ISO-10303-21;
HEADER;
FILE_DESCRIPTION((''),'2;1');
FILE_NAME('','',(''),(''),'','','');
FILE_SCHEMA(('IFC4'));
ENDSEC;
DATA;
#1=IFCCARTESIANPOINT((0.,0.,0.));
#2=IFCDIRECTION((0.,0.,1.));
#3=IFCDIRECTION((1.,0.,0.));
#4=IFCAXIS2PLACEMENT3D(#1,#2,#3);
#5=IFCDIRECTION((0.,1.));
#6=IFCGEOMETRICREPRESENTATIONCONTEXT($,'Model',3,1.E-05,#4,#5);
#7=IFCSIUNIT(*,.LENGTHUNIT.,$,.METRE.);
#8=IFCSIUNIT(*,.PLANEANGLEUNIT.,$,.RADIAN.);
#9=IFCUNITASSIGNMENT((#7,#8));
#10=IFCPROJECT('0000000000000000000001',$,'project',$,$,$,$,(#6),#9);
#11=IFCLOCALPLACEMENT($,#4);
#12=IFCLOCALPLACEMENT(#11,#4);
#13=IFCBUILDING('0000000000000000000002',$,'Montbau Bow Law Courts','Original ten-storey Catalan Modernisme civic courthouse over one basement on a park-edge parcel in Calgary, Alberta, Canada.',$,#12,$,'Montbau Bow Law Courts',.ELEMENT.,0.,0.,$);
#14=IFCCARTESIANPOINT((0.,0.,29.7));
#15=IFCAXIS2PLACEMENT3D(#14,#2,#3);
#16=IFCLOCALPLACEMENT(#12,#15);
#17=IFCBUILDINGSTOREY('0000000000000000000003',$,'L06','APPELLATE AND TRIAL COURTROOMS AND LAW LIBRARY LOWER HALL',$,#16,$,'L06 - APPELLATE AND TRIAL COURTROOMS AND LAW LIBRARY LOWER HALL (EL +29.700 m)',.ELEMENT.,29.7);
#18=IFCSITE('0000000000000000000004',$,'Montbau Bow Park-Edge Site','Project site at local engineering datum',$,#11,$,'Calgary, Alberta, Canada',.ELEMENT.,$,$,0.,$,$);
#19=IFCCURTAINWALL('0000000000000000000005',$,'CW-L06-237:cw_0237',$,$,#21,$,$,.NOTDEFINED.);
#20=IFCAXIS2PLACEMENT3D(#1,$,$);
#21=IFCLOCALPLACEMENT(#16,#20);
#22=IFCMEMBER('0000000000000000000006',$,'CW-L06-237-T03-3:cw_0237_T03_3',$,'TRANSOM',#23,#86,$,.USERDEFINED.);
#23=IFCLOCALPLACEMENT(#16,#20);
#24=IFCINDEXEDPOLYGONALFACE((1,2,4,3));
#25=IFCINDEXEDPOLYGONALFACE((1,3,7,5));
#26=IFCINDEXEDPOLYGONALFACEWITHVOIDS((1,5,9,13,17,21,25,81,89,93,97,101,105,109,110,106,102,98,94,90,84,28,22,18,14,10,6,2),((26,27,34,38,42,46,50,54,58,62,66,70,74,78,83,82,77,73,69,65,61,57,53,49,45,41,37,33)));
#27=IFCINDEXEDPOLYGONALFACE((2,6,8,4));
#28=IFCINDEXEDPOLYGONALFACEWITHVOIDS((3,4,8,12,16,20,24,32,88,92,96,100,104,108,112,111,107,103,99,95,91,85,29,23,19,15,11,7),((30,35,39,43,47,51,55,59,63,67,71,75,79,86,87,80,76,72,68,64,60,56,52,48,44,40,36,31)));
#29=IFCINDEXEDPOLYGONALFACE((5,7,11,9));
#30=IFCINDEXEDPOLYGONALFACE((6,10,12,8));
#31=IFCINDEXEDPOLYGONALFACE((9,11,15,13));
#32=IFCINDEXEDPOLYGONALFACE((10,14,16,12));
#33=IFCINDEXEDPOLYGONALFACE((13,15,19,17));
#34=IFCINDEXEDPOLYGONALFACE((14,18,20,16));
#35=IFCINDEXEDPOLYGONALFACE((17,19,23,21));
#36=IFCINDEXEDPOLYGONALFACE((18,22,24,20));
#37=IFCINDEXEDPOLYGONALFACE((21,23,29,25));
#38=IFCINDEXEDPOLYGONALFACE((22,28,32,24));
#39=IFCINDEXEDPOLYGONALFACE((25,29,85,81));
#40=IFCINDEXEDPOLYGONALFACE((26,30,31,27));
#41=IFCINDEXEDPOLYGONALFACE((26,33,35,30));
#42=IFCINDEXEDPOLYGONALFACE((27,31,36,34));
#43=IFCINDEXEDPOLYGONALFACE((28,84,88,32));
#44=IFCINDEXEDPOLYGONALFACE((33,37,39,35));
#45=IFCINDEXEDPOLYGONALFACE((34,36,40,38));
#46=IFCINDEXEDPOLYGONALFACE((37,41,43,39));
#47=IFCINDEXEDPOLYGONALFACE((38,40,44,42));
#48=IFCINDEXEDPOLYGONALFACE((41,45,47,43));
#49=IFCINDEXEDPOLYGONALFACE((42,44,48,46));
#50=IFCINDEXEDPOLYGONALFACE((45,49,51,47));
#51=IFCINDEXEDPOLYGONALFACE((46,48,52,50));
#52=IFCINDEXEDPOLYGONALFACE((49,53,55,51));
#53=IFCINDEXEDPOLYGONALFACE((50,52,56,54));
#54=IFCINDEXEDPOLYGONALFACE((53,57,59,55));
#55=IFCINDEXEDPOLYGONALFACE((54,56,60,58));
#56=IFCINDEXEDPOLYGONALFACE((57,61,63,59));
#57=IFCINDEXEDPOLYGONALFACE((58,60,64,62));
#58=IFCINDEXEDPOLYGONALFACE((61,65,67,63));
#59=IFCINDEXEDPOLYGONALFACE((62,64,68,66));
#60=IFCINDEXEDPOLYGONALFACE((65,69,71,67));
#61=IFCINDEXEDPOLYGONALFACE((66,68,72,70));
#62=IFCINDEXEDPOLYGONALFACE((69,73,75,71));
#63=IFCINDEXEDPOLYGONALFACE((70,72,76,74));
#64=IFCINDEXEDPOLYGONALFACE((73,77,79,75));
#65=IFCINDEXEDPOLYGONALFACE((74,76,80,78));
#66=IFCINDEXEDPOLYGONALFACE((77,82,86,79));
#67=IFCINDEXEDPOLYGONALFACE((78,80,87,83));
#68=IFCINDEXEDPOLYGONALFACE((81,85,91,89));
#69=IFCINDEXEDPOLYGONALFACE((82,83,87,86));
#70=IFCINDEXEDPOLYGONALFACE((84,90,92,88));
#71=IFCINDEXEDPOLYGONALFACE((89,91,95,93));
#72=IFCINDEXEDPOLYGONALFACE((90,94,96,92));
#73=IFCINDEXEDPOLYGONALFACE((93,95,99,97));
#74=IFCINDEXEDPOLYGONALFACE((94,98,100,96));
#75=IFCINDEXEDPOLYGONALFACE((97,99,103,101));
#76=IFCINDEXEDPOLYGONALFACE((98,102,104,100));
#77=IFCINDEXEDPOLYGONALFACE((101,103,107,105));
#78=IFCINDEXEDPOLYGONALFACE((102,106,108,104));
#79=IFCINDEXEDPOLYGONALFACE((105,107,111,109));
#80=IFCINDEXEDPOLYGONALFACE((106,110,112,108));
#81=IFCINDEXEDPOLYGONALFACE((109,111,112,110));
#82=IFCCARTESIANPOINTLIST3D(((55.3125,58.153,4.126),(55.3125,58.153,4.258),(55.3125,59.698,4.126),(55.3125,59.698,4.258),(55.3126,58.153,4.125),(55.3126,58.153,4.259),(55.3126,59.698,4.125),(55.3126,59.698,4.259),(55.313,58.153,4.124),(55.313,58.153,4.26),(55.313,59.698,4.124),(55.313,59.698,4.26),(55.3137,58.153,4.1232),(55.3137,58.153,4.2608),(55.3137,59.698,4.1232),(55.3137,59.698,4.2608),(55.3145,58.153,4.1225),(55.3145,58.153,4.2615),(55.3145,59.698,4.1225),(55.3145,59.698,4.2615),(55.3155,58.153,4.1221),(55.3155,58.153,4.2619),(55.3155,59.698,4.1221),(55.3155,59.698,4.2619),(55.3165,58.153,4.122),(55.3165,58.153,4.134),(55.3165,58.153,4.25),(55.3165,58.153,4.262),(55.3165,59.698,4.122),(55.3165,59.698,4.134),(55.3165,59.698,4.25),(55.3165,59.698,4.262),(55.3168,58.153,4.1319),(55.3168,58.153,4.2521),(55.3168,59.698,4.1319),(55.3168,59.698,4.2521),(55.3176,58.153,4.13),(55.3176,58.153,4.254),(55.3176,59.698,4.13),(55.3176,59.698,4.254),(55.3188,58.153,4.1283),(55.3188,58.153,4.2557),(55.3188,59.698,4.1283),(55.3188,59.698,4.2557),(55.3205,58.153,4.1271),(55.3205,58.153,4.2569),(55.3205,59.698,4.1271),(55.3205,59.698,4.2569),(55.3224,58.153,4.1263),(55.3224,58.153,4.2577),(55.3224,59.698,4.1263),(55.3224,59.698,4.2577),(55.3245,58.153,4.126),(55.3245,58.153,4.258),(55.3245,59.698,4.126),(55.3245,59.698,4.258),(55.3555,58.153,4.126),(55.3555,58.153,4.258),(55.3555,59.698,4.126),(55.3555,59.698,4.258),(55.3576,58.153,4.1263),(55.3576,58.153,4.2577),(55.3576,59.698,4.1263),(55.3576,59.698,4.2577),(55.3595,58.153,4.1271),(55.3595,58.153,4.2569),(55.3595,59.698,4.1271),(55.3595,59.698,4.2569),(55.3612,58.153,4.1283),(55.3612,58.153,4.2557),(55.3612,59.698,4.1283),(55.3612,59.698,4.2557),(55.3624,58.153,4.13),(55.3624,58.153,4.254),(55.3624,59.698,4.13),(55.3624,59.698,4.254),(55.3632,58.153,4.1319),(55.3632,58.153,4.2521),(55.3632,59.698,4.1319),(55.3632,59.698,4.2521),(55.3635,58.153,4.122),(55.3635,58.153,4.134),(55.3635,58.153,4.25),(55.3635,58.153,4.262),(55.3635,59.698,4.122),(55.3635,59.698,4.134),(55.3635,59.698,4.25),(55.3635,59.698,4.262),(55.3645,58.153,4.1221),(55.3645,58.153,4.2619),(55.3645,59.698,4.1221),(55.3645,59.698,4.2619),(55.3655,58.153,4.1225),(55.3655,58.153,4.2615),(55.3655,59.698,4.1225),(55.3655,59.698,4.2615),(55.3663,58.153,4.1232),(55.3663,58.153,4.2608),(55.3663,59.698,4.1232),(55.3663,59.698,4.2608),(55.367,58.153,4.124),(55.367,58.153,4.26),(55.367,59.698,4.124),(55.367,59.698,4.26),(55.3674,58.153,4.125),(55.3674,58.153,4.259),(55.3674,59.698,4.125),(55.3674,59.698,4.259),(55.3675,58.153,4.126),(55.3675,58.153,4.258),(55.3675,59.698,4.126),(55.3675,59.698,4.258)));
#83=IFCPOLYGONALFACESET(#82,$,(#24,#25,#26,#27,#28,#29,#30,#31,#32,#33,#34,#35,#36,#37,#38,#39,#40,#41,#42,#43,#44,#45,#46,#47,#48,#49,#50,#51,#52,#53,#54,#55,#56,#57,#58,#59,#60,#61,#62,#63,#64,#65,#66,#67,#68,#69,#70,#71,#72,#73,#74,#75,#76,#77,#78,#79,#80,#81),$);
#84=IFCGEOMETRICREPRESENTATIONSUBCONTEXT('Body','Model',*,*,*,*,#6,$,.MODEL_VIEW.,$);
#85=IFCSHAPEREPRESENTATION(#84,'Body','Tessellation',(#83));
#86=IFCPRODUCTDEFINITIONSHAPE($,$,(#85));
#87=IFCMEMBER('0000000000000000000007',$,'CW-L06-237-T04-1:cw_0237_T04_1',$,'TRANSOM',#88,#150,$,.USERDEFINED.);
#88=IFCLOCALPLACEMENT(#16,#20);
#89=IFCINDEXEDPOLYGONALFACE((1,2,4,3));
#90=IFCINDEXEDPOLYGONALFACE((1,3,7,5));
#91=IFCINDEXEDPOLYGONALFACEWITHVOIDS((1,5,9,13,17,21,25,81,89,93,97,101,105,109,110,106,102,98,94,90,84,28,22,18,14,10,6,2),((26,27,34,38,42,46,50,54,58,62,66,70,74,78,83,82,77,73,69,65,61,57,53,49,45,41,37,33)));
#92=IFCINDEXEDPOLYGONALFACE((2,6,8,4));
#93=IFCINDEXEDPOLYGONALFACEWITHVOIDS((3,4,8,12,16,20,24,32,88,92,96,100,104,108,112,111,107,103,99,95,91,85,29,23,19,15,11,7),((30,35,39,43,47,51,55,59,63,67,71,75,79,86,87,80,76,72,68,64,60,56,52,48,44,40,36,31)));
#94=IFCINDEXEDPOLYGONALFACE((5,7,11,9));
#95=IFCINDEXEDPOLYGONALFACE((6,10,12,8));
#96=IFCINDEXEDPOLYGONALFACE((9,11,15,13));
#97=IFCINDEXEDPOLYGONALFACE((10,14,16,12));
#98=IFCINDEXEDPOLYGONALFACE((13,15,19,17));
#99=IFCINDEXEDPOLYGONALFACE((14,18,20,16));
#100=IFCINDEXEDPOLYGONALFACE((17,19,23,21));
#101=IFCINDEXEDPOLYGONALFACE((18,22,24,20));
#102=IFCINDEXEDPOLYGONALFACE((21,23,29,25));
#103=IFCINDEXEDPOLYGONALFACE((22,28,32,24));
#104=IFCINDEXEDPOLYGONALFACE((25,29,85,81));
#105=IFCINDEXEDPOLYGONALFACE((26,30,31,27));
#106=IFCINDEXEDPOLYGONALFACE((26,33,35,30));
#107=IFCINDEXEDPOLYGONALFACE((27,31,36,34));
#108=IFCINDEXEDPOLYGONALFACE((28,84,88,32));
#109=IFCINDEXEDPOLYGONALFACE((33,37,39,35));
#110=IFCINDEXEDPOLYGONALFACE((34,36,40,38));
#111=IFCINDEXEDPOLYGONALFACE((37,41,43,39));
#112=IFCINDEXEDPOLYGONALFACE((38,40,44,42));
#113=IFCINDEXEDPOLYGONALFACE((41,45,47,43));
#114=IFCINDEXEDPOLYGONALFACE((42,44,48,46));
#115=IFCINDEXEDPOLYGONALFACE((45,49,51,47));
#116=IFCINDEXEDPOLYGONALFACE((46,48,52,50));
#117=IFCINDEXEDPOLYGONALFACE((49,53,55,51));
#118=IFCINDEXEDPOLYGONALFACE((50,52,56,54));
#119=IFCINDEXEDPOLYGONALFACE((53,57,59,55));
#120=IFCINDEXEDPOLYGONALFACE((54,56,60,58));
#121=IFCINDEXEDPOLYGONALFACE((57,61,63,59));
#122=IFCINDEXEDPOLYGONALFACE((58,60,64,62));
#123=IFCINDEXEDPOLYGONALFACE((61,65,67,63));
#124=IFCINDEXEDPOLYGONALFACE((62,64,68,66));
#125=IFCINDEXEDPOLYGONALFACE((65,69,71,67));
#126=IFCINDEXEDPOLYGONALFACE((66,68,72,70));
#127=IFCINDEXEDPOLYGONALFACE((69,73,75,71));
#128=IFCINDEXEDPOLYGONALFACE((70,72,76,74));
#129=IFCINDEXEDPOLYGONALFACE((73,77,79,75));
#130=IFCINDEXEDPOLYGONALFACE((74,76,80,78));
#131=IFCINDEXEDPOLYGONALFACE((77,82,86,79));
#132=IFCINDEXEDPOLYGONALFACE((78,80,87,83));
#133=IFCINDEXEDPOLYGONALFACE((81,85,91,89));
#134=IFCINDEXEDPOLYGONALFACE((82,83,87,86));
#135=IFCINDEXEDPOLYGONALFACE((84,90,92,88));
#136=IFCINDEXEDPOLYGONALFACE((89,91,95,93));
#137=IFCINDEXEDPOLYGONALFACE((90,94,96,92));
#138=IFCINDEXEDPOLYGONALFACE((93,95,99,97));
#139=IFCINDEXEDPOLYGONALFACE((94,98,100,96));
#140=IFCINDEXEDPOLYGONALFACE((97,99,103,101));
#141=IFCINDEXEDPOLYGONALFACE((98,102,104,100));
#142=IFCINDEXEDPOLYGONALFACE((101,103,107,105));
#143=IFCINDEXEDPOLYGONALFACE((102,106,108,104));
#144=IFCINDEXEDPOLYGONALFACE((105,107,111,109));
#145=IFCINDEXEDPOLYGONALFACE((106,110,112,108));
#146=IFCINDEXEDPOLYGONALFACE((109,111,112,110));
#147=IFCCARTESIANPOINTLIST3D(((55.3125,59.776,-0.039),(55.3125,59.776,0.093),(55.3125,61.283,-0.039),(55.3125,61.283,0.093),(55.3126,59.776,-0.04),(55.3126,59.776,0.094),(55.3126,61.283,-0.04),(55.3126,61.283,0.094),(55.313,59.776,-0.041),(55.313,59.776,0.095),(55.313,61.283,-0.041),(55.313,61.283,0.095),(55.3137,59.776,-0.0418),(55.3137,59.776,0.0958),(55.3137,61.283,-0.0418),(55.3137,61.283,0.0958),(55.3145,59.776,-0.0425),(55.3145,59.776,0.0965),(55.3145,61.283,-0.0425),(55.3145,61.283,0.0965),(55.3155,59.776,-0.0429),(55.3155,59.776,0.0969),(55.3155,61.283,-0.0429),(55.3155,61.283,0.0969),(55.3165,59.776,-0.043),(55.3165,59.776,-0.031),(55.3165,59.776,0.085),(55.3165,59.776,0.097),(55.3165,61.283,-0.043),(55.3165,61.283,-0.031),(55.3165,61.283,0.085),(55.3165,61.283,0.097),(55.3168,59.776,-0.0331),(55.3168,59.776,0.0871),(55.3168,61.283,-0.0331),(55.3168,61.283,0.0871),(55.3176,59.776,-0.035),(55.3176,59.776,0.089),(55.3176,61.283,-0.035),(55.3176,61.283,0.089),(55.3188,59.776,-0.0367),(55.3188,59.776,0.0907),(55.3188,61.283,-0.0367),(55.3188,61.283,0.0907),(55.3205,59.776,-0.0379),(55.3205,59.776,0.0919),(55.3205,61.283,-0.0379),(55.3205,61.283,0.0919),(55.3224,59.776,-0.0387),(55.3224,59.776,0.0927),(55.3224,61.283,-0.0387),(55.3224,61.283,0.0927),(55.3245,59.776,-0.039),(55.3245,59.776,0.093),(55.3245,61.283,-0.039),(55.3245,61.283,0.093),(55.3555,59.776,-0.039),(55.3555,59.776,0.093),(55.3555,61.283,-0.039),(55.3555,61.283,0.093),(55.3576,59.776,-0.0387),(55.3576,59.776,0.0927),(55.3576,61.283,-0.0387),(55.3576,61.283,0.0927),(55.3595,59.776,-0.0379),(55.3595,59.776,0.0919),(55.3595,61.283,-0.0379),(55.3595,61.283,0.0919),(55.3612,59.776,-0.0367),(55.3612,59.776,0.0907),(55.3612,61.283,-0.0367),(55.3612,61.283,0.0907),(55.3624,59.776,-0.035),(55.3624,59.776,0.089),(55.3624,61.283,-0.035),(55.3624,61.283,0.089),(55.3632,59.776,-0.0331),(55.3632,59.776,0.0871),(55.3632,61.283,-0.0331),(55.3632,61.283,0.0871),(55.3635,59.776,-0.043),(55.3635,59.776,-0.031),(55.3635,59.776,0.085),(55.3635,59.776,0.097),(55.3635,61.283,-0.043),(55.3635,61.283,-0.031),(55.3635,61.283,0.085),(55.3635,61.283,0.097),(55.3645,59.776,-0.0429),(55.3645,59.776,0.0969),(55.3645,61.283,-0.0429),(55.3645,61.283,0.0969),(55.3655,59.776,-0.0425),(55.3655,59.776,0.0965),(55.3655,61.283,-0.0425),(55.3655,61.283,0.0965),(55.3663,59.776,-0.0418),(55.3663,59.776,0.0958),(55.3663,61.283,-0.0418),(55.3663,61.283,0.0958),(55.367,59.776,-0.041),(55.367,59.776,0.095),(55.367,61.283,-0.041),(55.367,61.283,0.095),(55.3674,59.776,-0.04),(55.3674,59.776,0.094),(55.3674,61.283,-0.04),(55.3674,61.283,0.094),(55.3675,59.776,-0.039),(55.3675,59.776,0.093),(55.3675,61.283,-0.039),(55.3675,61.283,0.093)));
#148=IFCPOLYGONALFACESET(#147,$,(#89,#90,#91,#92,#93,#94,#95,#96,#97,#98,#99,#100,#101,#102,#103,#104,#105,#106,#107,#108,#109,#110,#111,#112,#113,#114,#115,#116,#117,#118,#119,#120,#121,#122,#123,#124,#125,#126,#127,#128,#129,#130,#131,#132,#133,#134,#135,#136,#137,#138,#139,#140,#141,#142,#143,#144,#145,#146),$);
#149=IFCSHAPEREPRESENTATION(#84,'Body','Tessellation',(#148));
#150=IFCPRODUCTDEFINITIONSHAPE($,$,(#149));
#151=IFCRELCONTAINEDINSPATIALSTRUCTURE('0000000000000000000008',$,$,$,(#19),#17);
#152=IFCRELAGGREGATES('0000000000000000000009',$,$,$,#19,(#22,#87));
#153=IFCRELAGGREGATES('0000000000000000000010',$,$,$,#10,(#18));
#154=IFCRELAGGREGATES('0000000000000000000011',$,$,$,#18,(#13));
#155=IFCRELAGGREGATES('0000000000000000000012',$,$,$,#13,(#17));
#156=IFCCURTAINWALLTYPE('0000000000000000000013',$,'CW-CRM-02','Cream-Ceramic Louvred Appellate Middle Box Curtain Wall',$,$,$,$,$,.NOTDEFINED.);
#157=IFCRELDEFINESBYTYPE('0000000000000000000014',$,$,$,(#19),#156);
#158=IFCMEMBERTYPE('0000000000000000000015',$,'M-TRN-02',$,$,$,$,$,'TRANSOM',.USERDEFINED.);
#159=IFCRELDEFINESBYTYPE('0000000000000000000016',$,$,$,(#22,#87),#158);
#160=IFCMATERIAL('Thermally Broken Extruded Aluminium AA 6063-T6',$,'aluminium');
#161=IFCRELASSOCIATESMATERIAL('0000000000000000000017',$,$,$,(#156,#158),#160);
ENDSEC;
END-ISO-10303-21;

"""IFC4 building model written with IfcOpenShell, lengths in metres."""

from ifc_helpers import new_model, si_unit, direction, frame, origin_with_axes, origin_2d_with_axis, place, context, subcontext, project, spatial, hollow_rectangle, extrude, material, material_profile, profile_set, type_object, element, aggregate, save


model = new_model("IFC4")

# Units and contexts
model_context = context("Model", 3, precision=1e-05, world=origin_with_axes(), true_north=direction((0.0, 1.0)))
body_context = subcontext(model_context, "Body", "Model", "MODEL_VIEW")
ifc_project = project(units=[si_unit("LENGTHUNIT", "METRE"), si_unit("PLANEANGLEUNIT", "RADIAN")], contexts=[model_context])

# Site, building, storey
site_placement = place(None, origin_with_axes())
site = spatial("IfcSite", under=ifc_project, at=site_placement, Name="Montbau Bow Park-Edge Site", Description="Project site at local engineering datum", LongName="Calgary, Alberta, Canada", CompositionType="ELEMENT", RefElevation=0.0)
building_placement = place(site_placement, origin_with_axes())
building = spatial("IfcBuilding", under=site, at=building_placement, Name="Montbau Bow Law Courts", Description="Original ten-storey Catalan Modernisme civic courthouse over one basement on a park-edge parcel in Calgary, Alberta, Canada.", LongName="Montbau Bow Law Courts", CompositionType="ELEMENT", ElevationOfRefHeight=0.0, ElevationOfTerrain=0.0)
storey_placement = place(building_placement, frame((0.0, 0.0, 29.7), z_axis=(0.0, 0.0, 1.0), x_axis=(1.0, 0.0, 0.0)))
storey = spatial("IfcBuildingStorey", under=building, at=storey_placement, Name="L06", Description="APPELLATE AND TRIAL COURTROOMS AND LAW LIBRARY LOWER HALL", LongName="L06 - APPELLATE AND TRIAL COURTROOMS AND LAW LIBRARY LOWER HALL (EL +29.700 m)", CompositionType="ELEMENT", Elevation=29.7)

# Curtain wall
ifc_material_1 = material(Name="Thermally Broken Extruded Aluminium AA 6063-T6", Category="aluminium")
curtain_wall_type = type_object("IfcCurtainWallType", Name="CW-CRM-02", Description="Cream-Ceramic Louvred Appellate Middle Box Curtain Wall", PredefinedType="NOTDEFINED", material=ifc_material_1)
curtain_wall_1_placement = place(None, frame((55.34, 54.868, 29.7), z_axis=(0.0, 0.0, 1.0), x_axis=(1.0, 0.0, 0.0)))
curtain_wall_1 = element("IfcCurtainWall", 1, at=curtain_wall_1_placement, inside=storey, type_object=curtain_wall_type, Name="CW-L06-237:cw_0237", PredefinedType="NOTDEFINED")

# Members
ifc_material_profile_1 = material_profile(ifc_material_1, hollow_rectangle(XDim=0.055, YDim=0.14, WallThickness=0.004, InnerFilletRadius=0.008, OuterFilletRadius=0.004, at=origin_2d_with_axis()), Name="CWT-140X55", Category="Main", Priority=0)
ifc_profile_set_1 = profile_set([ifc_material_profile_1], Name="Thermally Broken Extruded Aluminium AA 6063-T6")
member_type_1 = type_object("IfcMemberType", Name="M-TRN-02", ElementType="TRANSOM", PredefinedType="USERDEFINED", material=ifc_profile_set_1)
member_1_placement = place(None, frame((55.34, 58.153, 33.892), z_axis=(0.0, 1.0, 0.0), x_axis=(-1.0, 0.0, 0.0)))
member_1 = element("IfcMember", 2, at=member_1_placement, type_object=member_type_1, Name="CW-L06-237-T03-3:cw_0237_T03_3", ObjectType="TRANSOM", PredefinedType="USERDEFINED", context=body_context, shape_type="SweptSolid", body=[
    extrude(hollow_rectangle(XDim=0.055, YDim=0.14, WallThickness=0.004, InnerFilletRadius=0.008, OuterFilletRadius=0.004, at=origin_2d_with_axis()), origin_with_axes(), (0.0, 0.0, 1.0), 1.545),
])
member_2_placement = place(None, frame((55.34, 59.776, 29.727), z_axis=(0.0, 1.0, 0.0), x_axis=(-1.0, 0.0, 0.0)))
member_2 = element("IfcMember", 3, at=member_2_placement, type_object=member_type_1, Name="CW-L06-237-T04-1:cw_0237_T04_1", ObjectType="TRANSOM", PredefinedType="USERDEFINED", context=body_context, shape_type="SweptSolid", body=[
    extrude(hollow_rectangle(XDim=0.055, YDim=0.14, WallThickness=0.004, InnerFilletRadius=0.008, OuterFilletRadius=0.004, at=origin_2d_with_axis()), origin_with_axes(), (0.0, 0.0, 1.0), 1.507),
])

aggregate(curtain_wall_1, [member_1, member_2])

save(model, "model.ifc")
